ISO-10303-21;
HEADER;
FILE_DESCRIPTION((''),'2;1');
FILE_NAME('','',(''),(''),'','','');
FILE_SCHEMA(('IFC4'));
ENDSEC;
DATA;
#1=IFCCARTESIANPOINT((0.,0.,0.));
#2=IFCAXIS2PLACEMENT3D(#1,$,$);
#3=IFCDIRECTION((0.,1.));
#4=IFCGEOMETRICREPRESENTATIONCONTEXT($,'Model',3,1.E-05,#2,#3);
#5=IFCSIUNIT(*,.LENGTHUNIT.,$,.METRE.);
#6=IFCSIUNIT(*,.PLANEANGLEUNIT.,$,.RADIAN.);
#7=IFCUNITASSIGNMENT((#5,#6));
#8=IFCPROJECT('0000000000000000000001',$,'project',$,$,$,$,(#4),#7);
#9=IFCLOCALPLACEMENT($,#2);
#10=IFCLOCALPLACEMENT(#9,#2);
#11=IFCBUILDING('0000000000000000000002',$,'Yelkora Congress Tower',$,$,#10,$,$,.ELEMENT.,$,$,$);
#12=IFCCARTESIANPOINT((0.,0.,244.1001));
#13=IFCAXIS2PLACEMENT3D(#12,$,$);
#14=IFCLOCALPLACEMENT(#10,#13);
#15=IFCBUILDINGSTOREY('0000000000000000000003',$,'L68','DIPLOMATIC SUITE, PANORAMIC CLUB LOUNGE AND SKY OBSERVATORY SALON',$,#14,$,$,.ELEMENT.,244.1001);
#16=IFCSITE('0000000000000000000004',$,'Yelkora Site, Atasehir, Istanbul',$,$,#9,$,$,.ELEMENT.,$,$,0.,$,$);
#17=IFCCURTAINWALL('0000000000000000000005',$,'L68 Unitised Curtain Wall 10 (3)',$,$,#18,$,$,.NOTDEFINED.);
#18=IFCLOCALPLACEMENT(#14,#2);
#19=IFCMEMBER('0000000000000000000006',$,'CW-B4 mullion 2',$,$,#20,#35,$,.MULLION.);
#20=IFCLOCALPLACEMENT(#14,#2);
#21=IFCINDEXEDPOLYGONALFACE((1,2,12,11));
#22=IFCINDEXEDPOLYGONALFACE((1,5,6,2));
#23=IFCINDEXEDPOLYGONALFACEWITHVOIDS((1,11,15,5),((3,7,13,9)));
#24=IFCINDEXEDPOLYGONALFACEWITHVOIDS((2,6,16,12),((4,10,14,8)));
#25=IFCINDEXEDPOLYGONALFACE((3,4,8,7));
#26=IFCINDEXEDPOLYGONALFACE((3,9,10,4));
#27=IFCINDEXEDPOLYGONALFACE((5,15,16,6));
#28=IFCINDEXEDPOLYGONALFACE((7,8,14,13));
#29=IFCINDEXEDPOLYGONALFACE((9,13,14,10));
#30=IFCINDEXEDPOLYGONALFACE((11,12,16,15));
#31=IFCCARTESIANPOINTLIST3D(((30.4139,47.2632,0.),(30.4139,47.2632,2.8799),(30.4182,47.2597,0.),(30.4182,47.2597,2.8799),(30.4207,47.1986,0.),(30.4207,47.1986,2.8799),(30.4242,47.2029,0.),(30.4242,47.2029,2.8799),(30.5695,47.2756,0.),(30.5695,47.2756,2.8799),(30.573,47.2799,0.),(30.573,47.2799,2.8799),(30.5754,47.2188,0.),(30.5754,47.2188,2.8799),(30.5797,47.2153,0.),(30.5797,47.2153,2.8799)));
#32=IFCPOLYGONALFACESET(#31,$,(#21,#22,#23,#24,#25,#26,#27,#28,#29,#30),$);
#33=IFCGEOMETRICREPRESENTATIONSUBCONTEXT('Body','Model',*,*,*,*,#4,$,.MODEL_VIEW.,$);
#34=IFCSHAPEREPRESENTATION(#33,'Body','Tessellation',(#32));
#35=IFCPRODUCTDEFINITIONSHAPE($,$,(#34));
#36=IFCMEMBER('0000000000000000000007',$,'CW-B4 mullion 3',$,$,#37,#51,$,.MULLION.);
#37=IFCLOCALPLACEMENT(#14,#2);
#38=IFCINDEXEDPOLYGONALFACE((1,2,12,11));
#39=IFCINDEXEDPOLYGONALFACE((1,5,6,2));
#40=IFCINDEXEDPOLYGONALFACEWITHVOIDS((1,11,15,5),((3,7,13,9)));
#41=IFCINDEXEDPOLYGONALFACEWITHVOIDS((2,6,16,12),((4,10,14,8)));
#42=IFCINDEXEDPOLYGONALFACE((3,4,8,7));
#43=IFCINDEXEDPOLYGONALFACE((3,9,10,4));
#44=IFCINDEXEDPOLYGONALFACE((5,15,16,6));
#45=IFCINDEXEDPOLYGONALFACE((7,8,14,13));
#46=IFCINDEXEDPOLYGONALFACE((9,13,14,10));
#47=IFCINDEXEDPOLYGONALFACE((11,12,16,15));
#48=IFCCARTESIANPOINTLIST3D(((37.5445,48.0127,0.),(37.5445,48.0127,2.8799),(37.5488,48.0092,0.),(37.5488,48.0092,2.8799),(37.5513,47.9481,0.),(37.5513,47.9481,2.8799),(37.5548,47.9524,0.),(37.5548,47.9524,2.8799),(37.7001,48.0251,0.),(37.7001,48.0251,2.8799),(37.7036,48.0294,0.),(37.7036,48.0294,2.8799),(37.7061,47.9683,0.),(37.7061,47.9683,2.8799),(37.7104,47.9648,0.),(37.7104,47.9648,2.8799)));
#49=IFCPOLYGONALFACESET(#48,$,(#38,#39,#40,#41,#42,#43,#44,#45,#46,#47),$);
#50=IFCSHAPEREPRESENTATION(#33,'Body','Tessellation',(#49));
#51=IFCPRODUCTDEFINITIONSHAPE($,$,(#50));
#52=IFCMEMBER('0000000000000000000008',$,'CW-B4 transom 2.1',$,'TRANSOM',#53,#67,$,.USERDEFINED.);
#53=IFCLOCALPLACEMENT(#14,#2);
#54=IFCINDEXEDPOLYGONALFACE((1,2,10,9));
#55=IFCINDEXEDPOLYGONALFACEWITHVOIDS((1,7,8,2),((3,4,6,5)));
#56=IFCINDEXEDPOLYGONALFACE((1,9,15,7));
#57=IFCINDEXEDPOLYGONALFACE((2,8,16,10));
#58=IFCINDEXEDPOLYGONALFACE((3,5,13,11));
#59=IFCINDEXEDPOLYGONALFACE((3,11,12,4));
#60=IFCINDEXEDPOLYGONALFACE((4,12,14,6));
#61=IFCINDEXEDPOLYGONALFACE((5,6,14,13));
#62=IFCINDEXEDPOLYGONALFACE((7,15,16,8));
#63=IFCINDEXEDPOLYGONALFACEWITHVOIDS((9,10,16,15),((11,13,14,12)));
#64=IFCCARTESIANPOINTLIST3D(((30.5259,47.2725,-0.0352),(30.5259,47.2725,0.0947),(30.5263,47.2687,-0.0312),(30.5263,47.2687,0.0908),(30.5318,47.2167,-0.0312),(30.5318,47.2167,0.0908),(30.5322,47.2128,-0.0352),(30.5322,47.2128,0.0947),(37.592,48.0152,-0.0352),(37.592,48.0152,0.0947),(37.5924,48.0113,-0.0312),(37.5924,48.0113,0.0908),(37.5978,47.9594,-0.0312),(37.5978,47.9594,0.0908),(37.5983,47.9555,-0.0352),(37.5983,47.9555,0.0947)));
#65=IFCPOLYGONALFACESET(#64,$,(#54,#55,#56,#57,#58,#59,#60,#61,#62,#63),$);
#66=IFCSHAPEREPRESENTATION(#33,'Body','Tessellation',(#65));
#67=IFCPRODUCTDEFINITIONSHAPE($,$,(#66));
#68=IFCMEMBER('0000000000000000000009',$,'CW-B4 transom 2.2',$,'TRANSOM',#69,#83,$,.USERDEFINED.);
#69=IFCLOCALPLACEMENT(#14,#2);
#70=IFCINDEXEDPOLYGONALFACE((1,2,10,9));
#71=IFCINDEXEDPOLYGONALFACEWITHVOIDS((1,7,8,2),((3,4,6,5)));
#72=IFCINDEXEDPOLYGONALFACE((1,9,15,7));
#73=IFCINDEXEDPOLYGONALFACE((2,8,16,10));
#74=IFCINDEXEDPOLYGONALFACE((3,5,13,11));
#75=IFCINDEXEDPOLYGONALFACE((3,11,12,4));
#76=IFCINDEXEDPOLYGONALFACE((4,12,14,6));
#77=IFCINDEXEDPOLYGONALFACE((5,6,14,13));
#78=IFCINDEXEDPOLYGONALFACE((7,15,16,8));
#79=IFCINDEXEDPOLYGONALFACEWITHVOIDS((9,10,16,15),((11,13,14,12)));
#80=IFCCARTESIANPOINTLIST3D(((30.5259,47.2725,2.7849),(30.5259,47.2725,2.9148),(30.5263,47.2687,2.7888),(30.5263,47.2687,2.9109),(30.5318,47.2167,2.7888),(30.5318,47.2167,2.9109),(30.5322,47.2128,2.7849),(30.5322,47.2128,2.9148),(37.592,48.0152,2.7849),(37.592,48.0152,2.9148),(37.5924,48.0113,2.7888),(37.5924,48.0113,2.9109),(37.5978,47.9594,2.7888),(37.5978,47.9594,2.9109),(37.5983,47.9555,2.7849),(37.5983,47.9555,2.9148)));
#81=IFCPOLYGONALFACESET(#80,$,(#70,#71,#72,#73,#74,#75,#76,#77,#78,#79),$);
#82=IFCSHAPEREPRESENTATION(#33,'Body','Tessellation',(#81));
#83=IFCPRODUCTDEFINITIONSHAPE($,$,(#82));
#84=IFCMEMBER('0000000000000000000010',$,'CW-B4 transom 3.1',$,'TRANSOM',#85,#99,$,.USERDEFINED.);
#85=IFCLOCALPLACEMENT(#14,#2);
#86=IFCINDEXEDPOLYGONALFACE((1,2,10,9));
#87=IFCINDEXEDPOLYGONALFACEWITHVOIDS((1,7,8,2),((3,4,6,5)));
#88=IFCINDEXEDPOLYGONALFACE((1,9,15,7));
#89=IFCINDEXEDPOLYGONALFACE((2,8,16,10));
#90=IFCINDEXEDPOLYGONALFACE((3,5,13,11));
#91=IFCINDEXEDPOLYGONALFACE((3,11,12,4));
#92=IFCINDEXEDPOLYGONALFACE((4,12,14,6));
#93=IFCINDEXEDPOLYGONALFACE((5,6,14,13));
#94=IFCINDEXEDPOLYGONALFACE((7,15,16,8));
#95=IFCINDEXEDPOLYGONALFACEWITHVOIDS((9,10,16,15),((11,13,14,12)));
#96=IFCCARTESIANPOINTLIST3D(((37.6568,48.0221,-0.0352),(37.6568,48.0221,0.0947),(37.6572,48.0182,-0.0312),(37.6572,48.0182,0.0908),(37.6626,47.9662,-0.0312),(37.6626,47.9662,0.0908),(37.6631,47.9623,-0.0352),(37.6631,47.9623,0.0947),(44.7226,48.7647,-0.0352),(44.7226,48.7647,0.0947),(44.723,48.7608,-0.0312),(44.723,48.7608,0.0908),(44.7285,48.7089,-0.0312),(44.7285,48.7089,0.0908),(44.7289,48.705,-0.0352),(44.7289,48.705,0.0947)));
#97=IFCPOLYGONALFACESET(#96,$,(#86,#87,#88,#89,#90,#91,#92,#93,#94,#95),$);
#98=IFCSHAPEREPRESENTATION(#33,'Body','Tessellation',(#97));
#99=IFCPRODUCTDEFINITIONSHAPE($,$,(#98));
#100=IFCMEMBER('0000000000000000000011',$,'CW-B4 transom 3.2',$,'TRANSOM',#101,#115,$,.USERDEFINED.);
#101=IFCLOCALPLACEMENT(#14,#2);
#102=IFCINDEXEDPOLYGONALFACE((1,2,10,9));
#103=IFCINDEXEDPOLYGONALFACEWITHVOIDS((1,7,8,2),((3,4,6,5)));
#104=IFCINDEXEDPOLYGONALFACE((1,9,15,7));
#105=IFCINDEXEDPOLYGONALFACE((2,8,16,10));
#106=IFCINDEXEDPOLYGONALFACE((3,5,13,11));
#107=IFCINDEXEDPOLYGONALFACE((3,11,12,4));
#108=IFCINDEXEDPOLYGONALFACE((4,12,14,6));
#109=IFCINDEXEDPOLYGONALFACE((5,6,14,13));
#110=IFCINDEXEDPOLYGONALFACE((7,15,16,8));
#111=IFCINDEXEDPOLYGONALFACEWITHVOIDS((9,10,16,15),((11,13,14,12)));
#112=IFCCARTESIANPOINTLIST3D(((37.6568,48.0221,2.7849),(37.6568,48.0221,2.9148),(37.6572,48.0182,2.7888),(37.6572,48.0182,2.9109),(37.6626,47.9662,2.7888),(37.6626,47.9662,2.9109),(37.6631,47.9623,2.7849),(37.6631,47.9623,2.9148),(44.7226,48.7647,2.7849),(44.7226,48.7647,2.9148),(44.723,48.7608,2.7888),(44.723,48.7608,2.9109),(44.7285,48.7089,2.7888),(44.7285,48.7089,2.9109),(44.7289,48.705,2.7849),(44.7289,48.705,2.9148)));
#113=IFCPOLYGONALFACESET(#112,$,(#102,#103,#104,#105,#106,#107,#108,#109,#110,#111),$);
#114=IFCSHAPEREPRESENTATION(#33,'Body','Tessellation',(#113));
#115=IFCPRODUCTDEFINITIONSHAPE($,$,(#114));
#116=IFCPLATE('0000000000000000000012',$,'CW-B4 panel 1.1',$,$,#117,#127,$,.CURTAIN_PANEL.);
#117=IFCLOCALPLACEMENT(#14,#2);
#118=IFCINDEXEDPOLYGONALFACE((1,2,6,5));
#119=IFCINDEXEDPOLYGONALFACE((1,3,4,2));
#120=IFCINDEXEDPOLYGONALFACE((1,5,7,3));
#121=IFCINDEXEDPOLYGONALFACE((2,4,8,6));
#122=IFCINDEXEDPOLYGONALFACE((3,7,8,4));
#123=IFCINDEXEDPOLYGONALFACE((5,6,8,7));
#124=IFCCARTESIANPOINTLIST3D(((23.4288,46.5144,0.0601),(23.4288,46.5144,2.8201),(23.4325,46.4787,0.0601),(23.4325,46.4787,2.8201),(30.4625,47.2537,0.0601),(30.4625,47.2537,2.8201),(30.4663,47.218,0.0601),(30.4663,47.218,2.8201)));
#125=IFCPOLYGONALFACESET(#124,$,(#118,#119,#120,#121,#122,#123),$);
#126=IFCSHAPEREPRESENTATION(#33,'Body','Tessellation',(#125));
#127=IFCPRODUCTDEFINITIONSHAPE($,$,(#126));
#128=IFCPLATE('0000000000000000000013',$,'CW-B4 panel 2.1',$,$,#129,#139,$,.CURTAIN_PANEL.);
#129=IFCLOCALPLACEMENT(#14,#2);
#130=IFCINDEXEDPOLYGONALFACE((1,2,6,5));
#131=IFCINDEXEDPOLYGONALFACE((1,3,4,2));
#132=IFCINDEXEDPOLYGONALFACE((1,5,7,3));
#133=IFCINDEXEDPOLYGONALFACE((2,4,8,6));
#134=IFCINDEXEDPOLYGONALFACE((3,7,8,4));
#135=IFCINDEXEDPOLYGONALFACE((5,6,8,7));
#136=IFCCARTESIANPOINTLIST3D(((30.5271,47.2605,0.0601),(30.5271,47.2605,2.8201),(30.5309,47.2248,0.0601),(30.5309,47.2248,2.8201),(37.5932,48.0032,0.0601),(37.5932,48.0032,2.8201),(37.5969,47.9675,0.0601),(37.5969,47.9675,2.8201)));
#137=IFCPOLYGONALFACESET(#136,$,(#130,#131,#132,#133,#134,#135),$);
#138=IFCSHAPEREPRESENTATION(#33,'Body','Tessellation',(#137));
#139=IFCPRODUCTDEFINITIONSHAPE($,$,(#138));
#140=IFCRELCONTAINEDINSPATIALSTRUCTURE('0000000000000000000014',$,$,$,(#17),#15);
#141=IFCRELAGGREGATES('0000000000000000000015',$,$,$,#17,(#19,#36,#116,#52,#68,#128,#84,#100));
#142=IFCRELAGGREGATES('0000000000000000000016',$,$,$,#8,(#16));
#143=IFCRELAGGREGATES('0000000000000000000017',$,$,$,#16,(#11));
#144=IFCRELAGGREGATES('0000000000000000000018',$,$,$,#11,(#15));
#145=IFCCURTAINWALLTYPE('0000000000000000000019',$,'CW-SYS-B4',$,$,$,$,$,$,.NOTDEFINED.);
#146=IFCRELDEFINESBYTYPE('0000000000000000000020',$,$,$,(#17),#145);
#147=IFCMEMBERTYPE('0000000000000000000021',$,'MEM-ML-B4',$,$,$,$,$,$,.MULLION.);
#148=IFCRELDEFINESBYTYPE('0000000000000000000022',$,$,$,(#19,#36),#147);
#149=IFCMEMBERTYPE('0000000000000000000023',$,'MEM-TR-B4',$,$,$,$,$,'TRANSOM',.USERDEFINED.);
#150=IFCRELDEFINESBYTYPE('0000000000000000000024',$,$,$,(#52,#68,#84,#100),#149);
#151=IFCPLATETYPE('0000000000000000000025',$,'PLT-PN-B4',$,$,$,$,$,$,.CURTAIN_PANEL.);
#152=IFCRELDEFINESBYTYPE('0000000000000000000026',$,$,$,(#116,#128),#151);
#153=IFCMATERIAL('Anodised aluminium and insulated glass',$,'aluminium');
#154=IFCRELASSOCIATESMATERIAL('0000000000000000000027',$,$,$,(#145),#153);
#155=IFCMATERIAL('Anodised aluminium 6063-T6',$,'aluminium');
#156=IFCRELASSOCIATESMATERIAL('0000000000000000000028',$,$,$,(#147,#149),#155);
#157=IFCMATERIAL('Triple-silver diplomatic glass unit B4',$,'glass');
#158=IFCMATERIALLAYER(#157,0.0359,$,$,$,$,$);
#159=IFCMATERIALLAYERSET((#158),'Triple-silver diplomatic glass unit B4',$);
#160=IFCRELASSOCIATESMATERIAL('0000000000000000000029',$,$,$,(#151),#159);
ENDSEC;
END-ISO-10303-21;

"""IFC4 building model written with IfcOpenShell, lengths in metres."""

from ifc_helpers import new_model, si_unit, direction, frame, origin, origin_2d, place, context, subcontext, project, spatial, rectangle, hollow_rectangle, extrude, material, layer, layer_set, material_profile, profile_set, type_object, element, aggregate, save


model = new_model("IFC4")

# Units and contexts
model_context = context("Model", 3, precision=1e-05, world=origin(), true_north=direction((0.0, 1.0)))
body_context = subcontext(model_context, "Body", "Model", "MODEL_VIEW")
ifc_project = project(units=[si_unit("LENGTHUNIT", "METRE"), si_unit("PLANEANGLEUNIT", "RADIAN")], contexts=[model_context])

# Site, building, storey
site_placement = place(None, origin())
site = spatial("IfcSite", under=ifc_project, at=site_placement, Name="Yelkora Site, Atasehir, Istanbul", CompositionType="ELEMENT", RefElevation=0.0)
building_placement = place(site_placement, origin())
building = spatial("IfcBuilding", under=site, at=building_placement, Name="Yelkora Congress Tower", CompositionType="ELEMENT")
storey_placement = place(building_placement, frame((0.0, 0.0, 244.1001)))
storey = spatial("IfcBuildingStorey", under=building, at=storey_placement, Name="L68", Description="DIPLOMATIC SUITE, PANORAMIC CLUB LOUNGE AND SKY OBSERVATORY SALON", CompositionType="ELEMENT", Elevation=244.1001)

# Curtain wall, members, plates
ifc_material_1 = material(Name="Anodised aluminium and insulated glass", Category="aluminium")
curtain_wall_type = type_object("IfcCurtainWallType", Name="CW-SYS-B4", PredefinedType="NOTDEFINED", material=ifc_material_1)
curtain_wall_placement = place(storey_placement, origin())
curtain_wall = element("IfcCurtainWall", 1, at=curtain_wall_placement, inside=storey, type_object=curtain_wall_type, Name="L68 Unitised Curtain Wall 10 (3)", PredefinedType="NOTDEFINED")
ifc_material_2 = material(Name="Anodised aluminium 6063-T6", Category="aluminium")
ifc_material_profile_1 = material_profile(ifc_material_2, hollow_rectangle(XDim=0.0649, YDim=0.1599, WallThickness=0.0039, at=origin_2d()), Name="ALU 65x160x4")
ifc_profile_set_1 = profile_set([ifc_material_profile_1], Name="Anodised aluminium 6063-T6")
member_type_1 = type_object("IfcMemberType", Name="MEM-ML-B4", PredefinedType="MULLION", material=ifc_profile_set_1)
member_1_placement = place(storey_placement, frame((30.4968, 47.2393, 0.0), z_axis=(0.0, 0.0, 1.0), x_axis=(-0.104528, 0.994522, 0.0)))
member_1 = element("IfcMember", 2, at=member_1_placement, type_object=member_type_1, Name="CW-B4 mullion 2", PredefinedType="MULLION", context=body_context, shape_type="SweptSolid", body=[
    extrude(hollow_rectangle(XDim=0.0649, YDim=0.1599, WallThickness=0.0039, at=origin_2d()), origin(), (0.0, 0.0, 1.0), 2.8799),
])
member_2_placement = place(storey_placement, frame((37.6274, 47.9888, 0.0), z_axis=(0.0, 0.0, 1.0), x_axis=(-0.104528, 0.994522, 0.0)))
member_2 = element("IfcMember", 3, at=member_2_placement, type_object=member_type_1, Name="CW-B4 mullion 3", PredefinedType="MULLION", context=body_context, shape_type="SweptSolid", body=[
    extrude(hollow_rectangle(XDim=0.0649, YDim=0.1599, WallThickness=0.0039, at=origin_2d()), origin(), (0.0, 0.0, 1.0), 2.8799),
])
ifc_material_profile_2 = material_profile(ifc_material_2, hollow_rectangle(XDim=0.0601, YDim=0.1299, WallThickness=0.0039, at=origin_2d()), Name="ALU 60x130x4")
ifc_profile_set_2 = profile_set([ifc_material_profile_2], Name="Anodised aluminium 6063-T6")
member_type_2 = type_object("IfcMemberType", Name="MEM-TR-B4", ElementType="TRANSOM", PredefinedType="USERDEFINED", material=ifc_profile_set_2)
member_3_placement = place(storey_placement, frame((30.5291, 47.2427, 0.0298), z_axis=(0.994522, 0.104527, 0.0), x_axis=(-0.104527, 0.994522, 0.0)))
member_3 = element("IfcMember", 4, at=member_3_placement, type_object=member_type_2, Name="CW-B4 transom 2.1", ObjectType="TRANSOM", PredefinedType="USERDEFINED", context=body_context, shape_type="SweptSolid", body=[
    extrude(hollow_rectangle(XDim=0.0601, YDim=0.1299, WallThickness=0.0039, at=origin_2d()), origin(), (0.0, 0.0, 1.0), 7.105),
])
member_4_placement = place(storey_placement, frame((30.5291, 47.2427, 2.8499), z_axis=(0.994522, 0.104527, 0.0), x_axis=(-0.104527, 0.994522, 0.0)))
member_4 = element("IfcMember", 5, at=member_4_placement, type_object=member_type_2, Name="CW-B4 transom 2.2", ObjectType="TRANSOM", PredefinedType="USERDEFINED", context=body_context, shape_type="SweptSolid", body=[
    extrude(hollow_rectangle(XDim=0.0601, YDim=0.1299, WallThickness=0.0039, at=origin_2d()), origin(), (0.0, 0.0, 1.0), 7.105),
])
member_5_placement = place(storey_placement, frame((37.6599, 47.9922, 0.0298), z_axis=(0.994522, 0.104531, 0.0), x_axis=(-0.104531, 0.994522, 0.0)))
member_5 = element("IfcMember", 6, at=member_5_placement, type_object=member_type_2, Name="CW-B4 transom 3.1", ObjectType="TRANSOM", PredefinedType="USERDEFINED", context=body_context, shape_type="SweptSolid", body=[
    extrude(hollow_rectangle(XDim=0.0601, YDim=0.1299, WallThickness=0.0039, at=origin_2d()), origin(), (0.0, 0.0, 1.0), 7.1047),
])
member_6_placement = place(storey_placement, frame((37.6599, 47.9922, 2.8499), z_axis=(0.994522, 0.104531, 0.0), x_axis=(-0.104531, 0.994522, 0.0)))
member_6 = element("IfcMember", 7, at=member_6_placement, type_object=member_type_2, Name="CW-B4 transom 3.2", ObjectType="TRANSOM", PredefinedType="USERDEFINED", context=body_context, shape_type="SweptSolid", body=[
    extrude(hollow_rectangle(XDim=0.0601, YDim=0.1299, WallThickness=0.0039, at=origin_2d()), origin(), (0.0, 0.0, 1.0), 7.1047),
])
ifc_material_3 = material(Name="Triple-silver diplomatic glass unit B4", Category="glass")
ifc_layer_1 = layer(ifc_material_3, 0.0359)
ifc_layer_set_1 = layer_set([ifc_layer_1], Name="Triple-silver diplomatic glass unit B4")
plate_type = type_object("IfcPlateType", Name="PLT-PN-B4", PredefinedType="CURTAIN_PANEL", material=ifc_layer_set_1)
plate_1_placement = place(storey_placement, frame((26.9475, 46.8662, 0.0601), z_axis=(0.0, 0.0, 1.0), x_axis=(0.994522, 0.104528, 0.0)))
plate_1 = element("IfcPlate", 8, at=plate_1_placement, type_object=plate_type, Name="CW-B4 panel 1.1", PredefinedType="CURTAIN_PANEL", context=body_context, shape_type="SweptSolid", body=[
    extrude(rectangle(XDim=7.0725, YDim=0.0359, at=origin_2d()), origin(), (0.0, 0.0, 1.0), 2.76),
])
plate_2_placement = place(storey_placement, frame((34.062, 47.614, 0.0601), z_axis=(0.0, 0.0, 1.0), x_axis=(0.994522, 0.104528, 0.0)))
plate_2 = element("IfcPlate", 9, at=plate_2_placement, type_object=plate_type, Name="CW-B4 panel 2.1", PredefinedType="CURTAIN_PANEL", context=body_context, shape_type="SweptSolid", body=[
    extrude(rectangle(XDim=7.105, YDim=0.0359, at=origin_2d()), origin(), (0.0, 0.0, 1.0), 2.76),
])
aggregate(curtain_wall, [member_1, member_2, plate_1, member_3, member_4, plate_2, member_5, member_6])

save(model, "model.ifc")
